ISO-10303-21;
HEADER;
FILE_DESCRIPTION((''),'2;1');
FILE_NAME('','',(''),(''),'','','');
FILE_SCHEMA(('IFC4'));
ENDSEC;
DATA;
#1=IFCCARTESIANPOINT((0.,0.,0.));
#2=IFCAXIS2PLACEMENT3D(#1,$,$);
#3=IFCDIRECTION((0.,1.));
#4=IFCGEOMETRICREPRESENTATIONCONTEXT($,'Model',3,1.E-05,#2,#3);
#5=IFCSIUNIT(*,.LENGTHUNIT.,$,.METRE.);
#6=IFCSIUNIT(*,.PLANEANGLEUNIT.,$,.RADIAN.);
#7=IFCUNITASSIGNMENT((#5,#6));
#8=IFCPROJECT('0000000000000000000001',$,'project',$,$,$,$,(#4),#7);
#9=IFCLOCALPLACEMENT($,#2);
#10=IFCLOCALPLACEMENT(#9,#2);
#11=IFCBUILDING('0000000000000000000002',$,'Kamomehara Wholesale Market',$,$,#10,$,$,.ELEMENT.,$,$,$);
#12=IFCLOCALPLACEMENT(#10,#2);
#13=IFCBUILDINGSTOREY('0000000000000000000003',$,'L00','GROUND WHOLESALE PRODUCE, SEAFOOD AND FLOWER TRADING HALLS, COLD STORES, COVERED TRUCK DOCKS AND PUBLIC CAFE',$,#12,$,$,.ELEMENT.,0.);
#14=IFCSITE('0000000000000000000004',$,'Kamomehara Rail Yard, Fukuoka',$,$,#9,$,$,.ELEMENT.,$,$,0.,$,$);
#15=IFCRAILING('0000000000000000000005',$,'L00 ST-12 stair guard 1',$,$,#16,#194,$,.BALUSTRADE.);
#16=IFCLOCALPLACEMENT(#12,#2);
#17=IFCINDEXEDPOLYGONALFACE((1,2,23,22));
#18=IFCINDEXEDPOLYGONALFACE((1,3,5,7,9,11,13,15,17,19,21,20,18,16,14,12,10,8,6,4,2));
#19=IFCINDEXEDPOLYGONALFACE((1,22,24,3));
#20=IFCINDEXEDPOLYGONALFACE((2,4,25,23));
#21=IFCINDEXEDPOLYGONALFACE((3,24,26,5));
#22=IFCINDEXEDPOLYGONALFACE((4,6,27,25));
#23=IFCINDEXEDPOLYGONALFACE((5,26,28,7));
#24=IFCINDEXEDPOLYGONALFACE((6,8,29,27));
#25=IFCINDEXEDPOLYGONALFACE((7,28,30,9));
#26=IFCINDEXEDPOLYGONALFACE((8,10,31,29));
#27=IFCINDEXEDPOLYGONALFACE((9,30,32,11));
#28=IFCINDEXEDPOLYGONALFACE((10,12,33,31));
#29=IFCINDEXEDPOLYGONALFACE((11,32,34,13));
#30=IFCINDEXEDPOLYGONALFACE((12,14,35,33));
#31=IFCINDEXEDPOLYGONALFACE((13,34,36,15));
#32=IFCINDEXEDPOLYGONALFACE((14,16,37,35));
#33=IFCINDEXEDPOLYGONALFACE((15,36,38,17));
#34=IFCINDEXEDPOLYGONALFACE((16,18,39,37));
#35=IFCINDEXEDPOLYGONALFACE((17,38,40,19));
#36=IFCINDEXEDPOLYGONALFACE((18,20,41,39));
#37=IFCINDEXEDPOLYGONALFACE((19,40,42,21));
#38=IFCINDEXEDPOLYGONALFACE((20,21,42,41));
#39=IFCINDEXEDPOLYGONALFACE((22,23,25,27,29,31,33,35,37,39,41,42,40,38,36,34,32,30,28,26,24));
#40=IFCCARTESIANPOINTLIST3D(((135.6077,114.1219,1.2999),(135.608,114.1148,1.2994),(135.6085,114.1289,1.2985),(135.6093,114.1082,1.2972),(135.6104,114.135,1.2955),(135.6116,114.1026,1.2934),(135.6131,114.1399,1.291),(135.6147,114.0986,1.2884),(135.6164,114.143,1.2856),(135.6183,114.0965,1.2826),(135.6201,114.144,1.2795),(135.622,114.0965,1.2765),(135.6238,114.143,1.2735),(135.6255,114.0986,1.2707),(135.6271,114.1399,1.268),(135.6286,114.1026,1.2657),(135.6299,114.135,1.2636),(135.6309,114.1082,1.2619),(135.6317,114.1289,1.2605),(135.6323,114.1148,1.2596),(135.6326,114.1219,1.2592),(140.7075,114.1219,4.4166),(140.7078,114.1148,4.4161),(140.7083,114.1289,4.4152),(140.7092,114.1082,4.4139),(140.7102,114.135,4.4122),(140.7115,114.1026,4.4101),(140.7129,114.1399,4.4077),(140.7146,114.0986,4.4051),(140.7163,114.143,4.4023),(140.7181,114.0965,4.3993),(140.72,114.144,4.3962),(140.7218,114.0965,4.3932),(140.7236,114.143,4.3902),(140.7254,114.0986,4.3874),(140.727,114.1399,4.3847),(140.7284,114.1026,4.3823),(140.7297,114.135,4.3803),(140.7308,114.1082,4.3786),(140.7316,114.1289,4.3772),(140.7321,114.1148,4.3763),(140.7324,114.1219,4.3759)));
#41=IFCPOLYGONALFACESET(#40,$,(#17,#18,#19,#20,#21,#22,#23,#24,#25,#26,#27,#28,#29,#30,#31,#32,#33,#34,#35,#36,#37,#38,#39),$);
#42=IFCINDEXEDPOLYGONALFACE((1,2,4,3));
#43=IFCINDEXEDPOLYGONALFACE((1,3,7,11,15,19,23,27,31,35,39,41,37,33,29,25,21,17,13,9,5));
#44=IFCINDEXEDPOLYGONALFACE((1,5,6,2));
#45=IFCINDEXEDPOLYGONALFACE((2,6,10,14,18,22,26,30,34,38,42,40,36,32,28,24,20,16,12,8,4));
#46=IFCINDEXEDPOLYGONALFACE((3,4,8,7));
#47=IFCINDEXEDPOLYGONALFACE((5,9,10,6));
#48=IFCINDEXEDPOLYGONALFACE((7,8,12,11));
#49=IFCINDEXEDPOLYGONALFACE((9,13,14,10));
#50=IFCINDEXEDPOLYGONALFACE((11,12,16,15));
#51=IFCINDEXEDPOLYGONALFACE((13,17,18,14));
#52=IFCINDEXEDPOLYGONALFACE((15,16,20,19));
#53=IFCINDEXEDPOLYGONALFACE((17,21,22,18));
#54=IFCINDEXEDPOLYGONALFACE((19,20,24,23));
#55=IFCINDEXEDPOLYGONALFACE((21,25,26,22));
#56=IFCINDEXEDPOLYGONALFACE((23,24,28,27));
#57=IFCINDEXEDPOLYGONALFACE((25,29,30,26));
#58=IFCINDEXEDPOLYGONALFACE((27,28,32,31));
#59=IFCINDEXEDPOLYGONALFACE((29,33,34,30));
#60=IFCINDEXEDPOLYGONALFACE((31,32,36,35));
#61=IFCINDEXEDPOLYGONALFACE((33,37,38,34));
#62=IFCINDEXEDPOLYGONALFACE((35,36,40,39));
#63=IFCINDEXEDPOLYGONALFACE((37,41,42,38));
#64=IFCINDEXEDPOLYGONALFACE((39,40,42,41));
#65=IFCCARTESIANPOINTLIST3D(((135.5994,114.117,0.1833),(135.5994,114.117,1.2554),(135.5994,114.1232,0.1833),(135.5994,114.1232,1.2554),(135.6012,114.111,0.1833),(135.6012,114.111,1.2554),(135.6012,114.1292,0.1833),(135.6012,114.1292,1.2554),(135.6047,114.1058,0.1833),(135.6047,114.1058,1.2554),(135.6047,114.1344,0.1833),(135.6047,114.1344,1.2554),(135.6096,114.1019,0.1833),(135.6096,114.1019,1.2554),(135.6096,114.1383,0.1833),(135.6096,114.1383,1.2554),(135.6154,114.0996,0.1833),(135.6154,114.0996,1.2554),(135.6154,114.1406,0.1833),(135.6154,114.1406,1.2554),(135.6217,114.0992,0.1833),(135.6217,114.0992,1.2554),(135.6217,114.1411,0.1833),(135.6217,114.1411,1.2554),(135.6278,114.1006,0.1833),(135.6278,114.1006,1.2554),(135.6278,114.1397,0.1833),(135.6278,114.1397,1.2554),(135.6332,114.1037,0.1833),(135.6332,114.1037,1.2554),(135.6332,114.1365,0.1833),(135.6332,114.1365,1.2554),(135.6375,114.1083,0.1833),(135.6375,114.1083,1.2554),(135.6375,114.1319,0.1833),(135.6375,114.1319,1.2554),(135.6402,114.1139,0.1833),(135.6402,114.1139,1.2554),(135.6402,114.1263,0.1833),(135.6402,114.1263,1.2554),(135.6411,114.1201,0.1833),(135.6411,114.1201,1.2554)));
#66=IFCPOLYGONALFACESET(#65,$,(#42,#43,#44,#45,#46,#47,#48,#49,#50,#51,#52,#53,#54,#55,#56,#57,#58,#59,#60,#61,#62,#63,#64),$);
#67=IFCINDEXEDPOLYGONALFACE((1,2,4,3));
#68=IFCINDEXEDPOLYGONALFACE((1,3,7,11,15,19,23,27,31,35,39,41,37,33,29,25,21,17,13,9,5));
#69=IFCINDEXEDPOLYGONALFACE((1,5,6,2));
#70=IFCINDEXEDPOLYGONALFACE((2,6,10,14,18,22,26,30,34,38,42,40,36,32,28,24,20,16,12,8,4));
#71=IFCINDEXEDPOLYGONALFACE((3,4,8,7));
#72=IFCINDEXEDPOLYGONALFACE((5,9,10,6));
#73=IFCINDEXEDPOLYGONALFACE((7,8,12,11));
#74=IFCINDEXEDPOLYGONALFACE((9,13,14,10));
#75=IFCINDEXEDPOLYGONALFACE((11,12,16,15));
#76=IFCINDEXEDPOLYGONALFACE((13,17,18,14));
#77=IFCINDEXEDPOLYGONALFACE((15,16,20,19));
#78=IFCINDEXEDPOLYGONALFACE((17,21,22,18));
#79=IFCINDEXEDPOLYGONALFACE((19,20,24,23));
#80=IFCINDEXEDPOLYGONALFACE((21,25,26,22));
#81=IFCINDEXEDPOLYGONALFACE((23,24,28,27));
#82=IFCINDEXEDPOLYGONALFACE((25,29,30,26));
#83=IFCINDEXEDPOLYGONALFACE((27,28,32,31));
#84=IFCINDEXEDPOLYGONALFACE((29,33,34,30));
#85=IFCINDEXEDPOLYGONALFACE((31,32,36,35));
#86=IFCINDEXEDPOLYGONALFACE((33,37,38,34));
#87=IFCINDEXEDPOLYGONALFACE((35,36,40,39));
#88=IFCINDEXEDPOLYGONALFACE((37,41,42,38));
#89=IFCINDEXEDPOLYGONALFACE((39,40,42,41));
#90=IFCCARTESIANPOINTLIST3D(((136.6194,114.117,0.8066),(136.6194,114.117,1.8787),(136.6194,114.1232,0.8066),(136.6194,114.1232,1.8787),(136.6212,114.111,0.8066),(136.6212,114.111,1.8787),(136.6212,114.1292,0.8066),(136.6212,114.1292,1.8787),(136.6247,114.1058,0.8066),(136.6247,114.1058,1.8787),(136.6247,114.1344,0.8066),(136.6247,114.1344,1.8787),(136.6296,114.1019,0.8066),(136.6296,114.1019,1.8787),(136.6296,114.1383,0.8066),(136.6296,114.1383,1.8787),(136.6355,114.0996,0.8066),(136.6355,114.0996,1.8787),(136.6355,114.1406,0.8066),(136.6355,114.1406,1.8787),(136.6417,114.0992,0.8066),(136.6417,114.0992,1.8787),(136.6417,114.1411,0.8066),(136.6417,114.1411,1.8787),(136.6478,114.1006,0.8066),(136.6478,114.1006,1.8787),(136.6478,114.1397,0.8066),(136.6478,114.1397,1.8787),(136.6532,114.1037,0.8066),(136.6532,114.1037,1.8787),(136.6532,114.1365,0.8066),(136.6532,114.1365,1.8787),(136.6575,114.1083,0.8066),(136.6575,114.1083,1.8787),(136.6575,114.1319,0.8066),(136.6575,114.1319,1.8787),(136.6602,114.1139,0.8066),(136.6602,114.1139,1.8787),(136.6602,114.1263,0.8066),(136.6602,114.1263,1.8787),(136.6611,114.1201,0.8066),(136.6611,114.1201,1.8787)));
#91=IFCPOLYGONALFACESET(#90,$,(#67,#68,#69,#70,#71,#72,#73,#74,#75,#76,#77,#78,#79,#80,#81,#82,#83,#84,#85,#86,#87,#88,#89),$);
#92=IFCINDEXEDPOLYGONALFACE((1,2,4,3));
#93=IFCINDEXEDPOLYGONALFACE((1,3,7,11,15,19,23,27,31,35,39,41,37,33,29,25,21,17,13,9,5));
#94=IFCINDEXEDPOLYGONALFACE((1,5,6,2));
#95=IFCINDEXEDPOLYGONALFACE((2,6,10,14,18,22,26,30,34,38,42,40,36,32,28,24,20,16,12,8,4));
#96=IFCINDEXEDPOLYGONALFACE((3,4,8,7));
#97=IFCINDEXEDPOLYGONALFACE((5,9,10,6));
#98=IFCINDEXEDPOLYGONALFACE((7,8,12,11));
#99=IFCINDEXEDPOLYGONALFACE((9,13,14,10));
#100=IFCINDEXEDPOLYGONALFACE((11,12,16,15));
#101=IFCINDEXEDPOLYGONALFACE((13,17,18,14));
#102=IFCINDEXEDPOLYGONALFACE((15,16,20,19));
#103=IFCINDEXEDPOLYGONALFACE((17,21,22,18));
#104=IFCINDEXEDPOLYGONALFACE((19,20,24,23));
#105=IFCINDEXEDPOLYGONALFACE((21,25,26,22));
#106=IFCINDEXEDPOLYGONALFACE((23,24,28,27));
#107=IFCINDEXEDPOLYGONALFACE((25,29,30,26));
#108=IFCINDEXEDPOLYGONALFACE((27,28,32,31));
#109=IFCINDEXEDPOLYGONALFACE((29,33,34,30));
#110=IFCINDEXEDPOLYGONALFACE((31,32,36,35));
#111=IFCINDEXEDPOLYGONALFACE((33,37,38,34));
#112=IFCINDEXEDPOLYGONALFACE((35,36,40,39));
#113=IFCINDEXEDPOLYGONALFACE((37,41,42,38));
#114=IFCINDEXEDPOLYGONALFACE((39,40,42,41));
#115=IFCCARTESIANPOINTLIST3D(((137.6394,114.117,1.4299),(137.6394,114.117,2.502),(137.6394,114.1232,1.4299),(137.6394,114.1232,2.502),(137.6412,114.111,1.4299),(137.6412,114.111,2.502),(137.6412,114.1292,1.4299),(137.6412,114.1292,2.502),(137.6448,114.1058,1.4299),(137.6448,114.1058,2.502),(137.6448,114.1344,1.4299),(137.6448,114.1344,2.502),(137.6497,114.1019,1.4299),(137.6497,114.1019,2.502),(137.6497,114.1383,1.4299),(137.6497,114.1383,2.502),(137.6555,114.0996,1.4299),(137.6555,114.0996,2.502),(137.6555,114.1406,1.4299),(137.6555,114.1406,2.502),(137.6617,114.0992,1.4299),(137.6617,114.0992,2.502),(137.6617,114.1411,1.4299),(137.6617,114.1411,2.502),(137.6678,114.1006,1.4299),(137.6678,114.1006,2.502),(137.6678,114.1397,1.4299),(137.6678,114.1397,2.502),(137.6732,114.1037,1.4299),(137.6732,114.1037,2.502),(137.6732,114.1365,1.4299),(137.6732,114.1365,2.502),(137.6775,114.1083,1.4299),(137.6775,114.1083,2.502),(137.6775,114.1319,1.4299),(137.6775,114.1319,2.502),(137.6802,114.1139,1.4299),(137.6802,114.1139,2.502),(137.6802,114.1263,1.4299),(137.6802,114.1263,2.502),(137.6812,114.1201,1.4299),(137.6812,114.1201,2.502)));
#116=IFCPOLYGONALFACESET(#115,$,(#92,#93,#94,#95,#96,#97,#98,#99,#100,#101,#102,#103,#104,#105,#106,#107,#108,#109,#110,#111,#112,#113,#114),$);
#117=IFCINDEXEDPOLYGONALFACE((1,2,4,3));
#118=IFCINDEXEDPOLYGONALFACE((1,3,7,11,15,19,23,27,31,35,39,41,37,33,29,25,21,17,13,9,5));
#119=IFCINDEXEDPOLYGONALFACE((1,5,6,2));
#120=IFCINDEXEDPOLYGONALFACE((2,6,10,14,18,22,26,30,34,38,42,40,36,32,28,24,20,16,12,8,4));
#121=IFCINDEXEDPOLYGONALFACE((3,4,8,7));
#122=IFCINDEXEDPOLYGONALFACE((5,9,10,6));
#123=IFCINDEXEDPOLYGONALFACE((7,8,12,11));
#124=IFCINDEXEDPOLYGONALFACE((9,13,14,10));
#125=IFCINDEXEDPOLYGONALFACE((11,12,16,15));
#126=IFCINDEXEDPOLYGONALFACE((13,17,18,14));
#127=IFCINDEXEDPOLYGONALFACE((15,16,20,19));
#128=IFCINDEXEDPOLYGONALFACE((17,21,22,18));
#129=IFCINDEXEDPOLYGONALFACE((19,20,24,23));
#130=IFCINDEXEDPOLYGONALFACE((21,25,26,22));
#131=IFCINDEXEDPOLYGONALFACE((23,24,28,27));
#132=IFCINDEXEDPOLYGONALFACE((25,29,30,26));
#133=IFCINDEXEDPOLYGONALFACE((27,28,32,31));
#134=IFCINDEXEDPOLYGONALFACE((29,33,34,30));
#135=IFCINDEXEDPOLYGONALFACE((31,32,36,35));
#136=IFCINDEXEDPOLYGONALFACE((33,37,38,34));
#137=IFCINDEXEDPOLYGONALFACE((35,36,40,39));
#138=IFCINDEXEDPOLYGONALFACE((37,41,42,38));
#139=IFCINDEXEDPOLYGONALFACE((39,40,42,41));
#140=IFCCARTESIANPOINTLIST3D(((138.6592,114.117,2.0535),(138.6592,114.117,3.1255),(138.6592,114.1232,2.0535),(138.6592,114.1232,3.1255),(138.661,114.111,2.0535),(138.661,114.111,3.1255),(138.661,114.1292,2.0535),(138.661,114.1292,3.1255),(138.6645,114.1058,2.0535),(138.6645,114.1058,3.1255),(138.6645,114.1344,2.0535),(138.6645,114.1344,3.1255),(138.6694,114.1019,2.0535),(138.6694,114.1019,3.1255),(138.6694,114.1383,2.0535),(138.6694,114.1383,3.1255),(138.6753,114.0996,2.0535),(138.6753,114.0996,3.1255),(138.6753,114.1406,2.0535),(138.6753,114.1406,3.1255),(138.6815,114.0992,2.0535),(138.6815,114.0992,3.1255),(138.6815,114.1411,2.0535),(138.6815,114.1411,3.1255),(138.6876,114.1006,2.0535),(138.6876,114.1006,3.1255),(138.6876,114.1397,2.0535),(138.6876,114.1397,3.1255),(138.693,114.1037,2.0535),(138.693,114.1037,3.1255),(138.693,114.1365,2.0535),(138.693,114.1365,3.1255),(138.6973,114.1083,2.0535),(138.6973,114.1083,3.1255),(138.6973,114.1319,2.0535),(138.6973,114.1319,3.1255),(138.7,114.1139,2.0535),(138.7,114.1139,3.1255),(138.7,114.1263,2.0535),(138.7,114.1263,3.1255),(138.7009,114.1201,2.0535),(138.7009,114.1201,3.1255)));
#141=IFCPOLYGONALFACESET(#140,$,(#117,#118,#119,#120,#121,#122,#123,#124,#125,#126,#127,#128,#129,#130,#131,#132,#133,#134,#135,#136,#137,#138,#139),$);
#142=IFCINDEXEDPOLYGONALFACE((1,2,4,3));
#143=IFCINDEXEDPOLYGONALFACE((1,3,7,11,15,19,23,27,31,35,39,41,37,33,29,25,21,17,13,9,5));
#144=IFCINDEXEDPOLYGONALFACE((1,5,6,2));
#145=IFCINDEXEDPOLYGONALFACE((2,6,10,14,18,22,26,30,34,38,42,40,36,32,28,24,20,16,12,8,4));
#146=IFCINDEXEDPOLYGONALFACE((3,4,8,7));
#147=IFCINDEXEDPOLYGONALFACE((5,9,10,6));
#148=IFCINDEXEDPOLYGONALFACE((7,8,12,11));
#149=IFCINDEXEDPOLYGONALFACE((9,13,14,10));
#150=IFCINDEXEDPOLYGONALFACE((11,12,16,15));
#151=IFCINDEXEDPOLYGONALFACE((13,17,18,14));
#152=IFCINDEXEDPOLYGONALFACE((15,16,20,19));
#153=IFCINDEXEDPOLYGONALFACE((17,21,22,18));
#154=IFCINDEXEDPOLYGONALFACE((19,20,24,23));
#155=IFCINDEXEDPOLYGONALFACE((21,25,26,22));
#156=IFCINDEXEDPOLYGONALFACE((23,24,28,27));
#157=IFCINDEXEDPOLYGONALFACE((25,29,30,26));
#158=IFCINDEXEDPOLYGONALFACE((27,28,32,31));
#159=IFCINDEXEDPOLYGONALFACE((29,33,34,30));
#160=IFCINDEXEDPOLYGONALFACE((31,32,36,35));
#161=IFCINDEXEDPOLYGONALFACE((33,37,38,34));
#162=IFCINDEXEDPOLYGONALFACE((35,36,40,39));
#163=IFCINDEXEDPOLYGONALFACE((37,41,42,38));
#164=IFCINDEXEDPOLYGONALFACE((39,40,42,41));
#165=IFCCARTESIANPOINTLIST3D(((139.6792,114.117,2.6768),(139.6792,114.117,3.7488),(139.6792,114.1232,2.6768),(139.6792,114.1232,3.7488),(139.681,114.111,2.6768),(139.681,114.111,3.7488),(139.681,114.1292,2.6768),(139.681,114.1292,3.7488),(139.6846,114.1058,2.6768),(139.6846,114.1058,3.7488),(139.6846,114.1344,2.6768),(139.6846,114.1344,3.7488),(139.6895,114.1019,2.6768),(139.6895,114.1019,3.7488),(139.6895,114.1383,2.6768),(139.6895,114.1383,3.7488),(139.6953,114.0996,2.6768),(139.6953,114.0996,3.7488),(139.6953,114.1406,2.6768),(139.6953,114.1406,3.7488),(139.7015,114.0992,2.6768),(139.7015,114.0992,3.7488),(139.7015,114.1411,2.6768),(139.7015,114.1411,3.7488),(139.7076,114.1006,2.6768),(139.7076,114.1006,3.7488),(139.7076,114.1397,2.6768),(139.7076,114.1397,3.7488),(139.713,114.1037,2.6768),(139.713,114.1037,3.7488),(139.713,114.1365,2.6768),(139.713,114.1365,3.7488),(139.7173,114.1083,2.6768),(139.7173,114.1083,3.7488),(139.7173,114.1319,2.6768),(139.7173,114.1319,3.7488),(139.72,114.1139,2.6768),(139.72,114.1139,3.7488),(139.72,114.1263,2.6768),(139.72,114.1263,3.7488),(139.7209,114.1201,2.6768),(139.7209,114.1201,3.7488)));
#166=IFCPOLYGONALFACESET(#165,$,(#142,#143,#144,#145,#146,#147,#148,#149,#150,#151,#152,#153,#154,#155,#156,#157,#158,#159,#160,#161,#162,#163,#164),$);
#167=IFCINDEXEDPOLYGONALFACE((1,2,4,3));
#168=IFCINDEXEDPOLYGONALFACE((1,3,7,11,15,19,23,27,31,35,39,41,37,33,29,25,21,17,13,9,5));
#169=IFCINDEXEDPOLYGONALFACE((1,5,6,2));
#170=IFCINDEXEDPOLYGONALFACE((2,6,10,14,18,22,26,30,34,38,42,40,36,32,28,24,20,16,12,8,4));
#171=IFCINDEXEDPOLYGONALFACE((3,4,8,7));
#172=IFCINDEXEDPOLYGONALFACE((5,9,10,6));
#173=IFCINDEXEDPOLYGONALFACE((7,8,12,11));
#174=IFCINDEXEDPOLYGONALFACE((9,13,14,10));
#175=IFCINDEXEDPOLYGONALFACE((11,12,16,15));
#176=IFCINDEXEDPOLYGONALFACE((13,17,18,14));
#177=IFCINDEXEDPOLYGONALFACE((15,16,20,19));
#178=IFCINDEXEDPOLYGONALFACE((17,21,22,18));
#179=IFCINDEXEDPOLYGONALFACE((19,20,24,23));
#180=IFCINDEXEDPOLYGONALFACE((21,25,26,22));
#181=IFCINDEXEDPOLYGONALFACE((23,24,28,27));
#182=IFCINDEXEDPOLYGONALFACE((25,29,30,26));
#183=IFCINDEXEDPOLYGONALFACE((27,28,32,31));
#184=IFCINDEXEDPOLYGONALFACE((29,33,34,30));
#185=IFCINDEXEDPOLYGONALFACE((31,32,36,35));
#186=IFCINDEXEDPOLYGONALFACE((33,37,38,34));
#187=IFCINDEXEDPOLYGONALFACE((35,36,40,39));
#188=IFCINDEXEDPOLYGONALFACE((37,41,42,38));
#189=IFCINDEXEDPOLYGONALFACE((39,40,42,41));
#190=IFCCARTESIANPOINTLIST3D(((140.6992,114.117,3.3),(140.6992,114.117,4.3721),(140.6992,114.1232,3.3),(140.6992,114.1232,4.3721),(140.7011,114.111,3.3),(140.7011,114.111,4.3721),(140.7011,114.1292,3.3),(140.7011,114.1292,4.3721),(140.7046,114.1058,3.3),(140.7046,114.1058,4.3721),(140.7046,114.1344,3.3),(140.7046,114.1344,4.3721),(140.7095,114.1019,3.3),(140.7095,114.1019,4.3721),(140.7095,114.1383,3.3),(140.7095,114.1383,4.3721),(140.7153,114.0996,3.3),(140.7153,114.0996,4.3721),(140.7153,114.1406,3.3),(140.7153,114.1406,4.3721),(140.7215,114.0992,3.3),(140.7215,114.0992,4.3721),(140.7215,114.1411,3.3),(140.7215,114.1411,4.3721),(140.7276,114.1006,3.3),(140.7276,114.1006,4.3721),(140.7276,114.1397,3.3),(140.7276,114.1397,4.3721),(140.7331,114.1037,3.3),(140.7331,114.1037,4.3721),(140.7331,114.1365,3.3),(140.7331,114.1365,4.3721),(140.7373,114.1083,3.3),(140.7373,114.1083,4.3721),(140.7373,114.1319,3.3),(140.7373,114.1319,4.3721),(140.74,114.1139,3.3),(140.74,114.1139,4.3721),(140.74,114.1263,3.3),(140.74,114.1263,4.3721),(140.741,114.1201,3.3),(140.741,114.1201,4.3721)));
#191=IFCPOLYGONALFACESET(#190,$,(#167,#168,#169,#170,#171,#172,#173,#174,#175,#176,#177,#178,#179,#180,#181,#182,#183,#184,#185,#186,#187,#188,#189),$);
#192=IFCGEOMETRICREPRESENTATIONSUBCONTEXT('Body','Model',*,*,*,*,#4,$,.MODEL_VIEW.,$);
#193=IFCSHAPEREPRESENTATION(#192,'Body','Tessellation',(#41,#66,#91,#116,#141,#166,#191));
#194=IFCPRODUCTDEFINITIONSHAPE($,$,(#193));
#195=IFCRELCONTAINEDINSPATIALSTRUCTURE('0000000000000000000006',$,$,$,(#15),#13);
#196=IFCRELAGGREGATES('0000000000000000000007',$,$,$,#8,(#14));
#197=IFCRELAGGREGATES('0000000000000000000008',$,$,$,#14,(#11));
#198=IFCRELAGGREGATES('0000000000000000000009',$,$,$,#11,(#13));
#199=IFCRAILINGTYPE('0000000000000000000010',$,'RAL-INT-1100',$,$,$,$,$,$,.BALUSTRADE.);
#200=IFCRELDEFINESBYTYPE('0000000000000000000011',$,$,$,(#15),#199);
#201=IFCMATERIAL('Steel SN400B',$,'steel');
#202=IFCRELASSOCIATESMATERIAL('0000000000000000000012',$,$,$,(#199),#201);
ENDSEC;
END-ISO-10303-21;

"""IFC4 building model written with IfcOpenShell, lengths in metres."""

from ifc_helpers import new_model, si_unit, direction, frame, origin, origin_2d, place, context, subcontext, project, spatial, circle, extrude, material, type_object, element, save


model = new_model("IFC4")

# Units and contexts
model_context = context("Model", 3, precision=1e-05, world=origin(), true_north=direction((0.0, 1.0)))
body_context = subcontext(model_context, "Body", "Model", "MODEL_VIEW")
ifc_project = project(units=[si_unit("LENGTHUNIT", "METRE"), si_unit("PLANEANGLEUNIT", "RADIAN")], contexts=[model_context])

# Site, building, storey
site_placement = place(None, origin())
site = spatial("IfcSite", under=ifc_project, at=site_placement, Name="Kamomehara Rail Yard, Fukuoka", CompositionType="ELEMENT", RefElevation=0.0)
building_placement = place(site_placement, origin())
building = spatial("IfcBuilding", under=site, at=building_placement, Name="Kamomehara Wholesale Market", CompositionType="ELEMENT")
storey_placement = place(building_placement, origin())
storey = spatial("IfcBuildingStorey", under=building, at=storey_placement, Name="L00", Description="GROUND WHOLESALE PRODUCE, SEAFOOD AND FLOWER TRADING HALLS, COLD STORES, COVERED TRUCK DOCKS AND PUBLIC CAFE", CompositionType="ELEMENT", Elevation=0.0)

# Railing
ifc_material_1 = material(Name="Steel SN400B", Category="steel")
railing_type_1 = type_object("IfcRailingType", Name="RAL-INT-1100", PredefinedType="BALUSTRADE", material=ifc_material_1)
railing_1_placement = place(storey_placement, frame((135.6201, 114.1201, 0.1833)))
element("IfcRailing", 1, at=railing_1_placement, inside=storey, type_object=railing_type_1, Name="L00 ST-12 stair guard 1", PredefinedType="BALUSTRADE", context=body_context, shape_type="SweptSolid", body=[
    extrude(circle(Radius=0.0239, at=origin_2d()), frame((0.0, 0.0, 1.0962), z_axis=(0.853273, 0.0, 0.521465), x_axis=(0.0, 1.0, 0.0)), (0.0, 0.0, 1.0), 5.9768),
    extrude(circle(Radius=0.021, at=origin_2d()), origin(), (0.0, 0.0, 1.0), 1.072),
    extrude(circle(Radius=0.021, at=origin_2d()), frame((1.02, 0.0, 0.6233)), (0.0, 0.0, 1.0), 1.072),
    extrude(circle(Radius=0.021, at=origin_2d()), frame((2.04, 0.0, 1.2466)), (0.0, 0.0, 1.0), 1.072),
    extrude(circle(Radius=0.021, at=origin_2d()), frame((3.0598, 0.0, 1.8701)), (0.0, 0.0, 1.0), 1.072),
    extrude(circle(Radius=0.021, at=origin_2d()), frame((4.0798, 0.0, 2.4934)), (0.0, 0.0, 1.0), 1.072),
    extrude(circle(Radius=0.021, at=origin_2d()), frame((5.0999, 0.0, 3.1167)), (0.0, 0.0, 1.0), 1.072),
])

save(model, "model.ifc")
